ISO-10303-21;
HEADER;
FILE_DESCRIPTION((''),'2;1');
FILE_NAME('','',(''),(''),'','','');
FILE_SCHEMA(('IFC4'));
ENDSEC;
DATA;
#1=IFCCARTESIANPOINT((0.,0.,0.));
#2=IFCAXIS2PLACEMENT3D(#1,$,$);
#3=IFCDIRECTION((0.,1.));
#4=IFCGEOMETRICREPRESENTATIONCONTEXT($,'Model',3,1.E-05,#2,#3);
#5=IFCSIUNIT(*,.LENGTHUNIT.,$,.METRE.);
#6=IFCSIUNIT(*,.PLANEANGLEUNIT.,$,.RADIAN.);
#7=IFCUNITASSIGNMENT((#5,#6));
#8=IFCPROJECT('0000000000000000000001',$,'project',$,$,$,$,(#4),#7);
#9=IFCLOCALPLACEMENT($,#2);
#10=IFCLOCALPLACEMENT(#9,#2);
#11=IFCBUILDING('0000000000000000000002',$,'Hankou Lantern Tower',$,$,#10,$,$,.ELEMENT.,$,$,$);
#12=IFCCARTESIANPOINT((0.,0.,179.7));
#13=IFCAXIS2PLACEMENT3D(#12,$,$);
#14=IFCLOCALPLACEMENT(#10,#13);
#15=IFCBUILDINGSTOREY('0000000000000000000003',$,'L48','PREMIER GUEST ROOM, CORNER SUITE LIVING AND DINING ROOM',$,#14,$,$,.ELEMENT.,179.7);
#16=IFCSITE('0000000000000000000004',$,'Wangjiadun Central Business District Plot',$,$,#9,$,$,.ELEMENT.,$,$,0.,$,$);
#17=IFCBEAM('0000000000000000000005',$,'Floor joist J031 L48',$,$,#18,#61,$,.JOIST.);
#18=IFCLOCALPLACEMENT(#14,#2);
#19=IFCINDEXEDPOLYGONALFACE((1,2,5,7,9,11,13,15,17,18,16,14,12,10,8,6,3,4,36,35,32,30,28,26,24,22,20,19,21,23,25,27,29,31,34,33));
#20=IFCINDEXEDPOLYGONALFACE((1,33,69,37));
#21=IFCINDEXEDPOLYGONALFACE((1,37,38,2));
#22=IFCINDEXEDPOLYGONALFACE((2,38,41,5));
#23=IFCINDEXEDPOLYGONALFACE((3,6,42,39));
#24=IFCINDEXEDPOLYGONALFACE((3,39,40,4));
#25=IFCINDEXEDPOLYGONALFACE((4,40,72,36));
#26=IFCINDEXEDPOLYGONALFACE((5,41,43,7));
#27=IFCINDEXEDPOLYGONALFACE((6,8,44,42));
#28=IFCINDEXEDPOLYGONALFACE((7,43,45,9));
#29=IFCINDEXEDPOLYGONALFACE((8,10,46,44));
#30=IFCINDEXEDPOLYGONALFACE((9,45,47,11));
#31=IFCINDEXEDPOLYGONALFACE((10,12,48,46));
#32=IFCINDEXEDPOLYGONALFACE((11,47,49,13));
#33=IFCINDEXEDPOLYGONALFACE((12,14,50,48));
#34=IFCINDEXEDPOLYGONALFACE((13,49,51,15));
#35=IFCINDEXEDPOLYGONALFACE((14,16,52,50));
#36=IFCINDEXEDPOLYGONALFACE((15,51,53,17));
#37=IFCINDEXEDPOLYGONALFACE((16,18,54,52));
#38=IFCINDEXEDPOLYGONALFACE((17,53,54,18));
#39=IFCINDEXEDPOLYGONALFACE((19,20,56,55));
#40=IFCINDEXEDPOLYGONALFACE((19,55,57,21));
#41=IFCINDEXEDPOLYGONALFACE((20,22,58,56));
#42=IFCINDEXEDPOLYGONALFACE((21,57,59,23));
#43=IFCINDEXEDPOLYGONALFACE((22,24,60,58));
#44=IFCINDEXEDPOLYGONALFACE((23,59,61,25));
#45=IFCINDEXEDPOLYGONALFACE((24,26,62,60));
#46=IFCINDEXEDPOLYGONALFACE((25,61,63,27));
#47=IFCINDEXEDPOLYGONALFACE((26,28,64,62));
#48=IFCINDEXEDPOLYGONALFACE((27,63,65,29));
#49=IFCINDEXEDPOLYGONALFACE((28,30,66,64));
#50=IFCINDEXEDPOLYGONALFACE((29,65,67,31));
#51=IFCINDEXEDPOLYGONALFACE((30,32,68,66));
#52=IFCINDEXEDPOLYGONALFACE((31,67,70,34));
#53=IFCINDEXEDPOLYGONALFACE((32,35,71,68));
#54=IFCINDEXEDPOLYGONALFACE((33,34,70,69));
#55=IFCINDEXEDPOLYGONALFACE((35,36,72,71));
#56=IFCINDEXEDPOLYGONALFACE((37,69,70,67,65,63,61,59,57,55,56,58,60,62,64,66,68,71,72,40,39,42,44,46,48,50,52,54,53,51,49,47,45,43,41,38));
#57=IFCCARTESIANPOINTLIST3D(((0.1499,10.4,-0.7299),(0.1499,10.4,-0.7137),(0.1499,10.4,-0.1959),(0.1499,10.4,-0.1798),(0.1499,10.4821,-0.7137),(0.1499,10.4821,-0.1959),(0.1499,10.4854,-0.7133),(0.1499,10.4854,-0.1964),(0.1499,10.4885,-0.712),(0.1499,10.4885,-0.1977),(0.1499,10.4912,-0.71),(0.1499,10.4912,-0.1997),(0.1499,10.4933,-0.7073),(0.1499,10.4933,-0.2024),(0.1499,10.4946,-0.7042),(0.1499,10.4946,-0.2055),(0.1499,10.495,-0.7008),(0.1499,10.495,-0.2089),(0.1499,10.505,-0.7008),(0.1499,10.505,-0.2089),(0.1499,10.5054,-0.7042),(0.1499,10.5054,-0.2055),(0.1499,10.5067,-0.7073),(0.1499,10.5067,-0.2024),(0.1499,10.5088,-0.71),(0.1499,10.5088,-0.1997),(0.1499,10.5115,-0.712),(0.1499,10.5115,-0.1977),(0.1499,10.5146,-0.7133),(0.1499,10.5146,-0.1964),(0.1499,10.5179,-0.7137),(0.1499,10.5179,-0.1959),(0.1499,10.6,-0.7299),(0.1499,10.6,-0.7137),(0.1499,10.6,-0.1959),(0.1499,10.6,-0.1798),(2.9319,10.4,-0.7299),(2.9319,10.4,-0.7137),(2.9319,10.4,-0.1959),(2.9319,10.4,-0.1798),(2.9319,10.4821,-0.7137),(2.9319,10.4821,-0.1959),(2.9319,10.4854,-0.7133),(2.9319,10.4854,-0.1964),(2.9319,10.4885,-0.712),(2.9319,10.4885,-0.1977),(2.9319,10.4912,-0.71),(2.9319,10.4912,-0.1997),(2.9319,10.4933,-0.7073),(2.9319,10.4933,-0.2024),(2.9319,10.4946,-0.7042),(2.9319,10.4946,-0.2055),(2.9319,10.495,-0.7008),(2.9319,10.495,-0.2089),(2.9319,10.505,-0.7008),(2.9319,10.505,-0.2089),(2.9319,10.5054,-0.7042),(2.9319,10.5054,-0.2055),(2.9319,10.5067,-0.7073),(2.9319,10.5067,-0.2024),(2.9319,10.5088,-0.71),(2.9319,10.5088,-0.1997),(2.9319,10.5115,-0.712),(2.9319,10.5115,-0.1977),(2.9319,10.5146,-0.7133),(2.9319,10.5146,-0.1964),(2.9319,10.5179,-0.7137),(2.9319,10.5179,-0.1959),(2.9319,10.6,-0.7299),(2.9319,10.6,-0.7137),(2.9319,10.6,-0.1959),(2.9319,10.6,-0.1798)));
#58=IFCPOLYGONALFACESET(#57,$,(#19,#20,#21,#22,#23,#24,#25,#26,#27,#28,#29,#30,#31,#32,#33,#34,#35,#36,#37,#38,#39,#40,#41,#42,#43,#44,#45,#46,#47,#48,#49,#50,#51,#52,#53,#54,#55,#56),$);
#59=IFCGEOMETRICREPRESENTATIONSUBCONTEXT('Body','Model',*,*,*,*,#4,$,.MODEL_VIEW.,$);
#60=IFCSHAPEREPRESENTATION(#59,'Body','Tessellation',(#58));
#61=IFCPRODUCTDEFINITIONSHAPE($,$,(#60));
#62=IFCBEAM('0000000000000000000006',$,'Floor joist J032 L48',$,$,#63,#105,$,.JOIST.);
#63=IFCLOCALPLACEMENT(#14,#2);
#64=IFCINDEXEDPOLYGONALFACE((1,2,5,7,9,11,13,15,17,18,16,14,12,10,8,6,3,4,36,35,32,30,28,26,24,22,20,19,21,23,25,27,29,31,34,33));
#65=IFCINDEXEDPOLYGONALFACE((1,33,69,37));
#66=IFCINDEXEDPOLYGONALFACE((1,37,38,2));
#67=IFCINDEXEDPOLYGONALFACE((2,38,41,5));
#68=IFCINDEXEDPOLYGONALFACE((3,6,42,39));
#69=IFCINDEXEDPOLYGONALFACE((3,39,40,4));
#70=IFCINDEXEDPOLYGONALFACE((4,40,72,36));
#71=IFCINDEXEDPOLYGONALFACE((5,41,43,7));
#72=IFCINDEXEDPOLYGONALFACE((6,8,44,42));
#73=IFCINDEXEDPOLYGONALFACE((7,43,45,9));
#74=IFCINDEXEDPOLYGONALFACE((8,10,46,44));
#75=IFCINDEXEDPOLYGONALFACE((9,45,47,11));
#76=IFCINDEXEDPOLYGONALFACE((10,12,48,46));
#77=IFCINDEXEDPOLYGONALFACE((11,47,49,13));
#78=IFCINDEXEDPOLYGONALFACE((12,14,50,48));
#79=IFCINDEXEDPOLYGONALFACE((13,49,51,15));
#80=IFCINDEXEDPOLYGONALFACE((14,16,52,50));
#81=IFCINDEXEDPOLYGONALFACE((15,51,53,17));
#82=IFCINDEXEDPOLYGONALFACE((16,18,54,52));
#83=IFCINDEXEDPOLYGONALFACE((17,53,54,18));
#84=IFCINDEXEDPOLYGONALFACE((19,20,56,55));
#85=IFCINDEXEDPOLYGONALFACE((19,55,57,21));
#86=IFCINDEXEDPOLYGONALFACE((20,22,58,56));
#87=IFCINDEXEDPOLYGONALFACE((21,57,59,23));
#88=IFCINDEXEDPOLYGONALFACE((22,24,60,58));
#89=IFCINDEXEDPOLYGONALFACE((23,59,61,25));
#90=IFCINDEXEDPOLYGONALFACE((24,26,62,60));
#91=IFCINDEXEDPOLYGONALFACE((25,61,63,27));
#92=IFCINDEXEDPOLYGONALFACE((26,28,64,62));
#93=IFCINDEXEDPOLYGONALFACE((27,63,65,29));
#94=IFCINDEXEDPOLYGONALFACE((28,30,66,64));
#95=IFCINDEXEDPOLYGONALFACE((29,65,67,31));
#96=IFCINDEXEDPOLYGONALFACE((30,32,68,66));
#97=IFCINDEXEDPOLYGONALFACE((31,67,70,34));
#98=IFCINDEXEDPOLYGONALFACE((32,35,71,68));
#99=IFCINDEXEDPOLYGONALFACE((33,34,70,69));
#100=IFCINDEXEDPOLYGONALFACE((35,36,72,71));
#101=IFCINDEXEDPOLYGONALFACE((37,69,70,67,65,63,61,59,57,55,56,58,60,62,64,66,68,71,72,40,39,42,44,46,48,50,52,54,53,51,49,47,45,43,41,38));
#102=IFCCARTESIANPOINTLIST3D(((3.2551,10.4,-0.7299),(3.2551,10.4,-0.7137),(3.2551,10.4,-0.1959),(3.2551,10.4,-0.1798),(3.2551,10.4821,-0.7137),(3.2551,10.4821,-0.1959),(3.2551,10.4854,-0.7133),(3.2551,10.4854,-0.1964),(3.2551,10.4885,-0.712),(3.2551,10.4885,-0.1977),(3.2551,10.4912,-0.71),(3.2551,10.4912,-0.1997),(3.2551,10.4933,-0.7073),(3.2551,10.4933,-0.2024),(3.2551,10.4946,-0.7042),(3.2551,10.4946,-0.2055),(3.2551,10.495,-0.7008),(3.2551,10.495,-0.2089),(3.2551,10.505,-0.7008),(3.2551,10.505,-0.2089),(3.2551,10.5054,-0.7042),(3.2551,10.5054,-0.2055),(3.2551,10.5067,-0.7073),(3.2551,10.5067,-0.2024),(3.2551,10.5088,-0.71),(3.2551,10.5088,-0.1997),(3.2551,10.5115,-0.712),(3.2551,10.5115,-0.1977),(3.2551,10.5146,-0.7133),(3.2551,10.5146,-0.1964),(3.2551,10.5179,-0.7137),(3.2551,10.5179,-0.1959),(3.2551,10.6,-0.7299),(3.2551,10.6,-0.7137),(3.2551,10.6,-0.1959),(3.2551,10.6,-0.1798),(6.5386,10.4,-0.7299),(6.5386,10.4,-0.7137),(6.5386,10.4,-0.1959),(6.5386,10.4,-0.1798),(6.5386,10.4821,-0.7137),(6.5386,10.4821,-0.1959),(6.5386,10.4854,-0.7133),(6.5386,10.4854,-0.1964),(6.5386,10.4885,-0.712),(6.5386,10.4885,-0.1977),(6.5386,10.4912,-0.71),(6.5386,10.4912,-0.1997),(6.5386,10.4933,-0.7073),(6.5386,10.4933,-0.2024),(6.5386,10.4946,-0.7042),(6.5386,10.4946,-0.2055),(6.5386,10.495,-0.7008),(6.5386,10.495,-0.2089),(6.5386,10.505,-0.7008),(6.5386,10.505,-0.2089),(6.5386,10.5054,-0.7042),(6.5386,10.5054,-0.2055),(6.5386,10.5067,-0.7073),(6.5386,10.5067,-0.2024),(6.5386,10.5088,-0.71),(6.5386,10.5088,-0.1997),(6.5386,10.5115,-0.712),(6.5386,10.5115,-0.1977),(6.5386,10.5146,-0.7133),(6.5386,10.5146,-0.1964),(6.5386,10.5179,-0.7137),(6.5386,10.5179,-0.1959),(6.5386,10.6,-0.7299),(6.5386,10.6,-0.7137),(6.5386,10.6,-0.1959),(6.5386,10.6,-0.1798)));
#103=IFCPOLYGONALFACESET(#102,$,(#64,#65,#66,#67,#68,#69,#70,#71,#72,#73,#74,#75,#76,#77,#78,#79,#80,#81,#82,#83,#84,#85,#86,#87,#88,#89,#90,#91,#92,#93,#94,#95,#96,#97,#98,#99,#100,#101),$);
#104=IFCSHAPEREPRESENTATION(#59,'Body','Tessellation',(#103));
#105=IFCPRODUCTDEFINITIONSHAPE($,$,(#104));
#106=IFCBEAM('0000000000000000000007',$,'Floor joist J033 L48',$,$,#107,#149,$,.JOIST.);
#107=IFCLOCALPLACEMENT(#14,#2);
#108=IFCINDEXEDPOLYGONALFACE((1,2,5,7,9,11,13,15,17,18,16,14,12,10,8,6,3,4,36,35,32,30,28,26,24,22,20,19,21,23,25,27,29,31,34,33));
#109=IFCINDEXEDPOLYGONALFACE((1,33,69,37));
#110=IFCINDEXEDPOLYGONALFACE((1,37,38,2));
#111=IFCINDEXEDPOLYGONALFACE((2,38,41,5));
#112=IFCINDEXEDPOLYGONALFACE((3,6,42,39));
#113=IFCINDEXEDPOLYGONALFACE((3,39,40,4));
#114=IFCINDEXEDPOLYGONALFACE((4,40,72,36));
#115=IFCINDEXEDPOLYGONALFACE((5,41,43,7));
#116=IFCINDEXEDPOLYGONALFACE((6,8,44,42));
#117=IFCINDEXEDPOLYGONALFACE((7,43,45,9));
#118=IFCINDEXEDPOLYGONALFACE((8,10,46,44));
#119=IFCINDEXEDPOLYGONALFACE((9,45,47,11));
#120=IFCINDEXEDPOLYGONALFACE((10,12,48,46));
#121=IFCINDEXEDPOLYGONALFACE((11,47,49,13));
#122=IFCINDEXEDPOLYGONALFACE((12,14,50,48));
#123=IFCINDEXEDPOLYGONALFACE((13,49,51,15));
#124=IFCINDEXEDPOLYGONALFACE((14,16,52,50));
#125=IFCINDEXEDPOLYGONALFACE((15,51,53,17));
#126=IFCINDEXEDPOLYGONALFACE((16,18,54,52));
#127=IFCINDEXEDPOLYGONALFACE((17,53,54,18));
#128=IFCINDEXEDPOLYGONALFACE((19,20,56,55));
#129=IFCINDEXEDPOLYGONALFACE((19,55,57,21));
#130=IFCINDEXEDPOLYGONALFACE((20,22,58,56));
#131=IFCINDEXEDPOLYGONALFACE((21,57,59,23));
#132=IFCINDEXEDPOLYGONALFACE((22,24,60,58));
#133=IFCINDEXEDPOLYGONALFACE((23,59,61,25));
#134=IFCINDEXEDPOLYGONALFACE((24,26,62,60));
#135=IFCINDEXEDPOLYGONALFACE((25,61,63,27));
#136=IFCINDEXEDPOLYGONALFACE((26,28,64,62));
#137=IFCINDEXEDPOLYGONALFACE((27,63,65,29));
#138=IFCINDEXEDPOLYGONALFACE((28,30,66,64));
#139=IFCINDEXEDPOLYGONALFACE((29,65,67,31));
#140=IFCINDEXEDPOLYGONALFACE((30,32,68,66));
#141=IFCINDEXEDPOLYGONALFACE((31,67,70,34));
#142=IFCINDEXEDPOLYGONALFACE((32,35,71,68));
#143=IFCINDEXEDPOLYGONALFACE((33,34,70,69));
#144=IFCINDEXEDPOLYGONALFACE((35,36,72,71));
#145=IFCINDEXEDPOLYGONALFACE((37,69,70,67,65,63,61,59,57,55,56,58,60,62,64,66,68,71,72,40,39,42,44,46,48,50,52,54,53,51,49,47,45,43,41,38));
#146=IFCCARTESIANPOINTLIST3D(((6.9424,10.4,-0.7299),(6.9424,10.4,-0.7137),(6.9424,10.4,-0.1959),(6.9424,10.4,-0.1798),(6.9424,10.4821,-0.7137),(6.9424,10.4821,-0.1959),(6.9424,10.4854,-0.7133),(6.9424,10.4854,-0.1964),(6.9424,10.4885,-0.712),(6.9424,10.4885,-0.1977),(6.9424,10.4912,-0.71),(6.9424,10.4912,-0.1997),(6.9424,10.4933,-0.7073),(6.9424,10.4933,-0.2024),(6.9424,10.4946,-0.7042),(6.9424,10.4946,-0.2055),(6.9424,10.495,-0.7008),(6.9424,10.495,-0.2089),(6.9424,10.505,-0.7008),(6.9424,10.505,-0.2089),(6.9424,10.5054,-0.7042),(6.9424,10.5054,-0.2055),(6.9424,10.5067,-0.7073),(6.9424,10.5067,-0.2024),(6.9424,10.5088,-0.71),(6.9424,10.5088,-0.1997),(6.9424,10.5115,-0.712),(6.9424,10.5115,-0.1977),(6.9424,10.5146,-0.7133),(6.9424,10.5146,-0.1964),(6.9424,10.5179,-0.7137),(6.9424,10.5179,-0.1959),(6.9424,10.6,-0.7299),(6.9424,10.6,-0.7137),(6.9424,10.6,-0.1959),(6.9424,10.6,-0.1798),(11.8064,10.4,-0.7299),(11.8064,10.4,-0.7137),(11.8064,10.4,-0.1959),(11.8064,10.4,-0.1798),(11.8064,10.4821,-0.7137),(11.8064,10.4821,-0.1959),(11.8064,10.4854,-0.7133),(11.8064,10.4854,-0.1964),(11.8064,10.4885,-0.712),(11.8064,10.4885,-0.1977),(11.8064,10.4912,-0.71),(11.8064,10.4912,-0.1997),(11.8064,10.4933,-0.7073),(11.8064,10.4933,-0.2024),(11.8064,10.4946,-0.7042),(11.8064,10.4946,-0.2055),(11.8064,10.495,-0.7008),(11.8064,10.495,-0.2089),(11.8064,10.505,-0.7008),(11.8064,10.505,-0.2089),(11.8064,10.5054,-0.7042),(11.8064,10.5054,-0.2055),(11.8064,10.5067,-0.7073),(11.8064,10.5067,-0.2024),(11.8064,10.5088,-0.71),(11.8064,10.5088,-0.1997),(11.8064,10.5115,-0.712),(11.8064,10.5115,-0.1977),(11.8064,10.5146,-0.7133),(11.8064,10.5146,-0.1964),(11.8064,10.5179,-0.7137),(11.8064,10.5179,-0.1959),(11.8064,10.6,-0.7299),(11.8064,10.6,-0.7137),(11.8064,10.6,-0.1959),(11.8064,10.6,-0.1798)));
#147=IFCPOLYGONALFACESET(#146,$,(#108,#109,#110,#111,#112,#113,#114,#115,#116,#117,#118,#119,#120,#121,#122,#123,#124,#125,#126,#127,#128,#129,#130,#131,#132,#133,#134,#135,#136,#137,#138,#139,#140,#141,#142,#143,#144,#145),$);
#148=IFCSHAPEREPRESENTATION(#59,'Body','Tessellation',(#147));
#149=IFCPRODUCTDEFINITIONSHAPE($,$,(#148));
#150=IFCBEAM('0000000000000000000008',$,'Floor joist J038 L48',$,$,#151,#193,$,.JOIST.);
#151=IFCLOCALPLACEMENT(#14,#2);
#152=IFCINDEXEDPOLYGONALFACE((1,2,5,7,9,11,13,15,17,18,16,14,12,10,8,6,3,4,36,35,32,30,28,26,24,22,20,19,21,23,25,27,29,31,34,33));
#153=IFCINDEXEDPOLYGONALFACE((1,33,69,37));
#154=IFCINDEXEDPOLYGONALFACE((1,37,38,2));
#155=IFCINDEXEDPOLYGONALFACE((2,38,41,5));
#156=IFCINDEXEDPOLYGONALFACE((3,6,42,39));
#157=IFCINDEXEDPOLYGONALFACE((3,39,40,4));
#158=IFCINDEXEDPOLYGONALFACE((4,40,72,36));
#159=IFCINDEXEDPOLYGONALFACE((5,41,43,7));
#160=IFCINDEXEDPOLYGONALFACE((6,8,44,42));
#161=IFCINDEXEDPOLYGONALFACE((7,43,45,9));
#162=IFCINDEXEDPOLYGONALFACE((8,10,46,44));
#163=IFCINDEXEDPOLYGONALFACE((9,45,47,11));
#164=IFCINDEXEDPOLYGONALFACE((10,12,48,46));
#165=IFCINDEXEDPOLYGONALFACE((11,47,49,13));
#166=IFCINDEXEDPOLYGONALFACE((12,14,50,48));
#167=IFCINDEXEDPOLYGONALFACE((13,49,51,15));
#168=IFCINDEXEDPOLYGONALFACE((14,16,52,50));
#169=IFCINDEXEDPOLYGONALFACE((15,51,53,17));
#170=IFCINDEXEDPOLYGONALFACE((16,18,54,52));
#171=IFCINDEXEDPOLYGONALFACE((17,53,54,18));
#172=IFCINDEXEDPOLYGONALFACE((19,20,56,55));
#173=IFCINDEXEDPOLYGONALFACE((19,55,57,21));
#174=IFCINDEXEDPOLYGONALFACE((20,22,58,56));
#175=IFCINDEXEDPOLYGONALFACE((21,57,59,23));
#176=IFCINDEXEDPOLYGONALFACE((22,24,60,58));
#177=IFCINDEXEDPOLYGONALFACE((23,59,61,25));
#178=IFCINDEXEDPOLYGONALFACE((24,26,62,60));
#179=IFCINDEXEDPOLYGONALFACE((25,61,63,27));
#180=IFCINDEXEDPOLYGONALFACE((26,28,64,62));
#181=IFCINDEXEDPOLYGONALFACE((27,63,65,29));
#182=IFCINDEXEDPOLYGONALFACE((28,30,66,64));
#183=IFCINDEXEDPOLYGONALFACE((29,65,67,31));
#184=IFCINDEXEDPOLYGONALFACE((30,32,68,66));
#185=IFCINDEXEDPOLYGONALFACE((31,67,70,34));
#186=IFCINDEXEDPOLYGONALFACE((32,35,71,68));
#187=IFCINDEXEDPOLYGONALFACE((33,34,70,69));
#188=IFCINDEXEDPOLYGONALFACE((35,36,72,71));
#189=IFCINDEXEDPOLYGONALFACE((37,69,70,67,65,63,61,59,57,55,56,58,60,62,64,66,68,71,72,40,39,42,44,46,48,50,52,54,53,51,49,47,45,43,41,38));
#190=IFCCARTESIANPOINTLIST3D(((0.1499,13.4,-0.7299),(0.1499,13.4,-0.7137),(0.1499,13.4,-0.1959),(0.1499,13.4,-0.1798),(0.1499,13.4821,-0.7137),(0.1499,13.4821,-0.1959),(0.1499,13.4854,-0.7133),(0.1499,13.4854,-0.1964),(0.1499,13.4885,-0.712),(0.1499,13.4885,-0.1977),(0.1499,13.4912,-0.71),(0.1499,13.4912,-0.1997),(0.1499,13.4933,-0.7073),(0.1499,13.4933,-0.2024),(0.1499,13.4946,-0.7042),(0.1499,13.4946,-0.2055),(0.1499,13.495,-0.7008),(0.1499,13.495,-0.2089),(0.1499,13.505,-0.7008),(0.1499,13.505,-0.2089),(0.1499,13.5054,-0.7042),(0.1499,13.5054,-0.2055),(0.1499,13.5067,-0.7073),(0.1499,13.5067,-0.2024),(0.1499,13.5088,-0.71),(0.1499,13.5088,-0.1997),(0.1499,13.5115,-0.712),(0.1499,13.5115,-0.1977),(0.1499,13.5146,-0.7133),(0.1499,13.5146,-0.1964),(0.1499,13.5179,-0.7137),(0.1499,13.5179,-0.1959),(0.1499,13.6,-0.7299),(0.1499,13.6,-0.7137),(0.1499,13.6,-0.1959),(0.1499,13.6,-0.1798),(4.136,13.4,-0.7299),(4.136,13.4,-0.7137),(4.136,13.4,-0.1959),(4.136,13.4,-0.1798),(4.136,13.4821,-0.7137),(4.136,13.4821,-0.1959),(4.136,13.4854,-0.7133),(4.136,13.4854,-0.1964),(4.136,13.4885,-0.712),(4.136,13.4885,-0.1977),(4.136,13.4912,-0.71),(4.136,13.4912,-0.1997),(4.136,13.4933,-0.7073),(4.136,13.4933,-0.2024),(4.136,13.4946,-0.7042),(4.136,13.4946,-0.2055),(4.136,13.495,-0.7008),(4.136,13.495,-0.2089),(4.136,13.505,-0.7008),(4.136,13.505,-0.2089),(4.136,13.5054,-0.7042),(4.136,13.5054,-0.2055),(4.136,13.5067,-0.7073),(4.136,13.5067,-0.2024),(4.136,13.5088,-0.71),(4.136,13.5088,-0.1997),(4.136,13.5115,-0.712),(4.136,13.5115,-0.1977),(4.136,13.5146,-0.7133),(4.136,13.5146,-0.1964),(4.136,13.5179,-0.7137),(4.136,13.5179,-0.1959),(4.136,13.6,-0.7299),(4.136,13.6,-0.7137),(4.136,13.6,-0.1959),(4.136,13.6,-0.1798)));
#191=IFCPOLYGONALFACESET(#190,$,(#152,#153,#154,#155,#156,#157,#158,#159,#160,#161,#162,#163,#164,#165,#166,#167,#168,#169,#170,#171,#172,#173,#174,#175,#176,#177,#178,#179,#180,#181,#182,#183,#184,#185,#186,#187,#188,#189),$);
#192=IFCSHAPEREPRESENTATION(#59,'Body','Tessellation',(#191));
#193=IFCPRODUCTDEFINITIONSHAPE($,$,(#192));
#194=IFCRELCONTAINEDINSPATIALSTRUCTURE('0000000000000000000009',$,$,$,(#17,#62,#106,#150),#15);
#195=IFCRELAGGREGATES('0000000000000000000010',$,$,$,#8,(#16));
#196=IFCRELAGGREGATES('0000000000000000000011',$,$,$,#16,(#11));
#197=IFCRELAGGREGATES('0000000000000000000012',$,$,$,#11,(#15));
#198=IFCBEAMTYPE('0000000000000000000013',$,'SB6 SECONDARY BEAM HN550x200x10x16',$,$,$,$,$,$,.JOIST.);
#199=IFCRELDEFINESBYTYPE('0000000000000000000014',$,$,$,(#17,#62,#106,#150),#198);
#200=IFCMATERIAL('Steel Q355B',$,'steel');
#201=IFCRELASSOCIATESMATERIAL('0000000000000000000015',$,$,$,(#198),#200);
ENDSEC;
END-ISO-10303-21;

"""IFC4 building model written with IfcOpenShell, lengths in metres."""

from ifc_helpers import new_model, si_unit, direction, frame, origin, origin_2d, place, context, subcontext, project, spatial, i_section, extrude, material, material_profile, profile_set, type_object, element, save


model = new_model("IFC4")

# Units and contexts
model_context = context("Model", 3, precision=1e-05, world=origin(), true_north=direction((0.0, 1.0)))
body_context = subcontext(model_context, "Body", "Model", "MODEL_VIEW")
ifc_project = project(units=[si_unit("LENGTHUNIT", "METRE"), si_unit("PLANEANGLEUNIT", "RADIAN")], contexts=[model_context])

# Site, building, storey
site_placement = place(None, origin())
site = spatial("IfcSite", under=ifc_project, at=site_placement, Name="Wangjiadun Central Business District Plot", CompositionType="ELEMENT", RefElevation=0.0)
building_placement = place(site_placement, origin())
building = spatial("IfcBuilding", under=site, at=building_placement, Name="Hankou Lantern Tower", CompositionType="ELEMENT")
storey_placement = place(building_placement, frame((0.0, 0.0, 179.7)))
storey = spatial("IfcBuildingStorey", under=building, at=storey_placement, Name="L48", Description="PREMIER GUEST ROOM, CORNER SUITE LIVING AND DINING ROOM", CompositionType="ELEMENT", Elevation=179.7)

# Beams
ifc_material_1 = material(Name="Steel Q355B", Category="steel")
ifc_material_profile_1 = material_profile(ifc_material_1, i_section(OverallWidth=0.2, OverallDepth=0.55, WebThickness=0.01, FlangeThickness=0.0161, FilletRadius=0.0129, at=origin_2d()), Name="HN550x200x10x16")
ifc_profile_set_1 = profile_set([ifc_material_profile_1], Name="Steel Q355B")
beam_type_1 = type_object("IfcBeamType", Name="SB6 SECONDARY BEAM HN550x200x10x16", PredefinedType="JOIST", material=ifc_profile_set_1)
beam_1_placement = place(storey_placement, frame((0.1499, 10.5, -0.4548), z_axis=(1.0, 0.0, 0.0), x_axis=(0.0, 1.0, 0.0)))
element("IfcBeam", 1, at=beam_1_placement, inside=storey, type_object=beam_type_1, Name="Floor joist J031 L48", PredefinedType="JOIST", context=body_context, shape_type="SweptSolid", body=[
    extrude(i_section(OverallWidth=0.2, OverallDepth=0.55, WebThickness=0.01, FlangeThickness=0.0161, FilletRadius=0.0129, at=origin_2d()), origin(), (0.0, 0.0, 1.0), 2.782),
])
beam_2_placement = place(storey_placement, frame((3.2551, 10.5, -0.4548), z_axis=(1.0, 0.0, 0.0), x_axis=(0.0, 1.0, 0.0)))
element("IfcBeam", 2, at=beam_2_placement, inside=storey, type_object=beam_type_1, Name="Floor joist J032 L48", PredefinedType="JOIST", context=body_context, shape_type="SweptSolid", body=[
    extrude(i_section(OverallWidth=0.2, OverallDepth=0.55, WebThickness=0.01, FlangeThickness=0.0161, FilletRadius=0.0129, at=origin_2d()), origin(), (0.0, 0.0, 1.0), 3.2834),
])
beam_3_placement = place(storey_placement, frame((6.9424, 10.5, -0.4548), z_axis=(1.0, 0.0, 0.0), x_axis=(0.0, 1.0, 0.0)))
element("IfcBeam", 3, at=beam_3_placement, inside=storey, type_object=beam_type_1, Name="Floor joist J033 L48", PredefinedType="JOIST", context=body_context, shape_type="SweptSolid", body=[
    extrude(i_section(OverallWidth=0.2, OverallDepth=0.55, WebThickness=0.01, FlangeThickness=0.0161, FilletRadius=0.0129, at=origin_2d()), origin(), (0.0, 0.0, 1.0), 4.864),
])
beam_4_placement = place(storey_placement, frame((0.1499, 13.5, -0.4548), z_axis=(1.0, 0.0, 0.0), x_axis=(0.0, 1.0, 0.0)))
element("IfcBeam", 4, at=beam_4_placement, inside=storey, type_object=beam_type_1, Name="Floor joist J038 L48", PredefinedType="JOIST", context=body_context, shape_type="SweptSolid", body=[
    extrude(i_section(OverallWidth=0.2, OverallDepth=0.55, WebThickness=0.01, FlangeThickness=0.0161, FilletRadius=0.0129, at=origin_2d()), origin(), (0.0, 0.0, 1.0), 3.9861),
])

save(model, "model.ifc")
